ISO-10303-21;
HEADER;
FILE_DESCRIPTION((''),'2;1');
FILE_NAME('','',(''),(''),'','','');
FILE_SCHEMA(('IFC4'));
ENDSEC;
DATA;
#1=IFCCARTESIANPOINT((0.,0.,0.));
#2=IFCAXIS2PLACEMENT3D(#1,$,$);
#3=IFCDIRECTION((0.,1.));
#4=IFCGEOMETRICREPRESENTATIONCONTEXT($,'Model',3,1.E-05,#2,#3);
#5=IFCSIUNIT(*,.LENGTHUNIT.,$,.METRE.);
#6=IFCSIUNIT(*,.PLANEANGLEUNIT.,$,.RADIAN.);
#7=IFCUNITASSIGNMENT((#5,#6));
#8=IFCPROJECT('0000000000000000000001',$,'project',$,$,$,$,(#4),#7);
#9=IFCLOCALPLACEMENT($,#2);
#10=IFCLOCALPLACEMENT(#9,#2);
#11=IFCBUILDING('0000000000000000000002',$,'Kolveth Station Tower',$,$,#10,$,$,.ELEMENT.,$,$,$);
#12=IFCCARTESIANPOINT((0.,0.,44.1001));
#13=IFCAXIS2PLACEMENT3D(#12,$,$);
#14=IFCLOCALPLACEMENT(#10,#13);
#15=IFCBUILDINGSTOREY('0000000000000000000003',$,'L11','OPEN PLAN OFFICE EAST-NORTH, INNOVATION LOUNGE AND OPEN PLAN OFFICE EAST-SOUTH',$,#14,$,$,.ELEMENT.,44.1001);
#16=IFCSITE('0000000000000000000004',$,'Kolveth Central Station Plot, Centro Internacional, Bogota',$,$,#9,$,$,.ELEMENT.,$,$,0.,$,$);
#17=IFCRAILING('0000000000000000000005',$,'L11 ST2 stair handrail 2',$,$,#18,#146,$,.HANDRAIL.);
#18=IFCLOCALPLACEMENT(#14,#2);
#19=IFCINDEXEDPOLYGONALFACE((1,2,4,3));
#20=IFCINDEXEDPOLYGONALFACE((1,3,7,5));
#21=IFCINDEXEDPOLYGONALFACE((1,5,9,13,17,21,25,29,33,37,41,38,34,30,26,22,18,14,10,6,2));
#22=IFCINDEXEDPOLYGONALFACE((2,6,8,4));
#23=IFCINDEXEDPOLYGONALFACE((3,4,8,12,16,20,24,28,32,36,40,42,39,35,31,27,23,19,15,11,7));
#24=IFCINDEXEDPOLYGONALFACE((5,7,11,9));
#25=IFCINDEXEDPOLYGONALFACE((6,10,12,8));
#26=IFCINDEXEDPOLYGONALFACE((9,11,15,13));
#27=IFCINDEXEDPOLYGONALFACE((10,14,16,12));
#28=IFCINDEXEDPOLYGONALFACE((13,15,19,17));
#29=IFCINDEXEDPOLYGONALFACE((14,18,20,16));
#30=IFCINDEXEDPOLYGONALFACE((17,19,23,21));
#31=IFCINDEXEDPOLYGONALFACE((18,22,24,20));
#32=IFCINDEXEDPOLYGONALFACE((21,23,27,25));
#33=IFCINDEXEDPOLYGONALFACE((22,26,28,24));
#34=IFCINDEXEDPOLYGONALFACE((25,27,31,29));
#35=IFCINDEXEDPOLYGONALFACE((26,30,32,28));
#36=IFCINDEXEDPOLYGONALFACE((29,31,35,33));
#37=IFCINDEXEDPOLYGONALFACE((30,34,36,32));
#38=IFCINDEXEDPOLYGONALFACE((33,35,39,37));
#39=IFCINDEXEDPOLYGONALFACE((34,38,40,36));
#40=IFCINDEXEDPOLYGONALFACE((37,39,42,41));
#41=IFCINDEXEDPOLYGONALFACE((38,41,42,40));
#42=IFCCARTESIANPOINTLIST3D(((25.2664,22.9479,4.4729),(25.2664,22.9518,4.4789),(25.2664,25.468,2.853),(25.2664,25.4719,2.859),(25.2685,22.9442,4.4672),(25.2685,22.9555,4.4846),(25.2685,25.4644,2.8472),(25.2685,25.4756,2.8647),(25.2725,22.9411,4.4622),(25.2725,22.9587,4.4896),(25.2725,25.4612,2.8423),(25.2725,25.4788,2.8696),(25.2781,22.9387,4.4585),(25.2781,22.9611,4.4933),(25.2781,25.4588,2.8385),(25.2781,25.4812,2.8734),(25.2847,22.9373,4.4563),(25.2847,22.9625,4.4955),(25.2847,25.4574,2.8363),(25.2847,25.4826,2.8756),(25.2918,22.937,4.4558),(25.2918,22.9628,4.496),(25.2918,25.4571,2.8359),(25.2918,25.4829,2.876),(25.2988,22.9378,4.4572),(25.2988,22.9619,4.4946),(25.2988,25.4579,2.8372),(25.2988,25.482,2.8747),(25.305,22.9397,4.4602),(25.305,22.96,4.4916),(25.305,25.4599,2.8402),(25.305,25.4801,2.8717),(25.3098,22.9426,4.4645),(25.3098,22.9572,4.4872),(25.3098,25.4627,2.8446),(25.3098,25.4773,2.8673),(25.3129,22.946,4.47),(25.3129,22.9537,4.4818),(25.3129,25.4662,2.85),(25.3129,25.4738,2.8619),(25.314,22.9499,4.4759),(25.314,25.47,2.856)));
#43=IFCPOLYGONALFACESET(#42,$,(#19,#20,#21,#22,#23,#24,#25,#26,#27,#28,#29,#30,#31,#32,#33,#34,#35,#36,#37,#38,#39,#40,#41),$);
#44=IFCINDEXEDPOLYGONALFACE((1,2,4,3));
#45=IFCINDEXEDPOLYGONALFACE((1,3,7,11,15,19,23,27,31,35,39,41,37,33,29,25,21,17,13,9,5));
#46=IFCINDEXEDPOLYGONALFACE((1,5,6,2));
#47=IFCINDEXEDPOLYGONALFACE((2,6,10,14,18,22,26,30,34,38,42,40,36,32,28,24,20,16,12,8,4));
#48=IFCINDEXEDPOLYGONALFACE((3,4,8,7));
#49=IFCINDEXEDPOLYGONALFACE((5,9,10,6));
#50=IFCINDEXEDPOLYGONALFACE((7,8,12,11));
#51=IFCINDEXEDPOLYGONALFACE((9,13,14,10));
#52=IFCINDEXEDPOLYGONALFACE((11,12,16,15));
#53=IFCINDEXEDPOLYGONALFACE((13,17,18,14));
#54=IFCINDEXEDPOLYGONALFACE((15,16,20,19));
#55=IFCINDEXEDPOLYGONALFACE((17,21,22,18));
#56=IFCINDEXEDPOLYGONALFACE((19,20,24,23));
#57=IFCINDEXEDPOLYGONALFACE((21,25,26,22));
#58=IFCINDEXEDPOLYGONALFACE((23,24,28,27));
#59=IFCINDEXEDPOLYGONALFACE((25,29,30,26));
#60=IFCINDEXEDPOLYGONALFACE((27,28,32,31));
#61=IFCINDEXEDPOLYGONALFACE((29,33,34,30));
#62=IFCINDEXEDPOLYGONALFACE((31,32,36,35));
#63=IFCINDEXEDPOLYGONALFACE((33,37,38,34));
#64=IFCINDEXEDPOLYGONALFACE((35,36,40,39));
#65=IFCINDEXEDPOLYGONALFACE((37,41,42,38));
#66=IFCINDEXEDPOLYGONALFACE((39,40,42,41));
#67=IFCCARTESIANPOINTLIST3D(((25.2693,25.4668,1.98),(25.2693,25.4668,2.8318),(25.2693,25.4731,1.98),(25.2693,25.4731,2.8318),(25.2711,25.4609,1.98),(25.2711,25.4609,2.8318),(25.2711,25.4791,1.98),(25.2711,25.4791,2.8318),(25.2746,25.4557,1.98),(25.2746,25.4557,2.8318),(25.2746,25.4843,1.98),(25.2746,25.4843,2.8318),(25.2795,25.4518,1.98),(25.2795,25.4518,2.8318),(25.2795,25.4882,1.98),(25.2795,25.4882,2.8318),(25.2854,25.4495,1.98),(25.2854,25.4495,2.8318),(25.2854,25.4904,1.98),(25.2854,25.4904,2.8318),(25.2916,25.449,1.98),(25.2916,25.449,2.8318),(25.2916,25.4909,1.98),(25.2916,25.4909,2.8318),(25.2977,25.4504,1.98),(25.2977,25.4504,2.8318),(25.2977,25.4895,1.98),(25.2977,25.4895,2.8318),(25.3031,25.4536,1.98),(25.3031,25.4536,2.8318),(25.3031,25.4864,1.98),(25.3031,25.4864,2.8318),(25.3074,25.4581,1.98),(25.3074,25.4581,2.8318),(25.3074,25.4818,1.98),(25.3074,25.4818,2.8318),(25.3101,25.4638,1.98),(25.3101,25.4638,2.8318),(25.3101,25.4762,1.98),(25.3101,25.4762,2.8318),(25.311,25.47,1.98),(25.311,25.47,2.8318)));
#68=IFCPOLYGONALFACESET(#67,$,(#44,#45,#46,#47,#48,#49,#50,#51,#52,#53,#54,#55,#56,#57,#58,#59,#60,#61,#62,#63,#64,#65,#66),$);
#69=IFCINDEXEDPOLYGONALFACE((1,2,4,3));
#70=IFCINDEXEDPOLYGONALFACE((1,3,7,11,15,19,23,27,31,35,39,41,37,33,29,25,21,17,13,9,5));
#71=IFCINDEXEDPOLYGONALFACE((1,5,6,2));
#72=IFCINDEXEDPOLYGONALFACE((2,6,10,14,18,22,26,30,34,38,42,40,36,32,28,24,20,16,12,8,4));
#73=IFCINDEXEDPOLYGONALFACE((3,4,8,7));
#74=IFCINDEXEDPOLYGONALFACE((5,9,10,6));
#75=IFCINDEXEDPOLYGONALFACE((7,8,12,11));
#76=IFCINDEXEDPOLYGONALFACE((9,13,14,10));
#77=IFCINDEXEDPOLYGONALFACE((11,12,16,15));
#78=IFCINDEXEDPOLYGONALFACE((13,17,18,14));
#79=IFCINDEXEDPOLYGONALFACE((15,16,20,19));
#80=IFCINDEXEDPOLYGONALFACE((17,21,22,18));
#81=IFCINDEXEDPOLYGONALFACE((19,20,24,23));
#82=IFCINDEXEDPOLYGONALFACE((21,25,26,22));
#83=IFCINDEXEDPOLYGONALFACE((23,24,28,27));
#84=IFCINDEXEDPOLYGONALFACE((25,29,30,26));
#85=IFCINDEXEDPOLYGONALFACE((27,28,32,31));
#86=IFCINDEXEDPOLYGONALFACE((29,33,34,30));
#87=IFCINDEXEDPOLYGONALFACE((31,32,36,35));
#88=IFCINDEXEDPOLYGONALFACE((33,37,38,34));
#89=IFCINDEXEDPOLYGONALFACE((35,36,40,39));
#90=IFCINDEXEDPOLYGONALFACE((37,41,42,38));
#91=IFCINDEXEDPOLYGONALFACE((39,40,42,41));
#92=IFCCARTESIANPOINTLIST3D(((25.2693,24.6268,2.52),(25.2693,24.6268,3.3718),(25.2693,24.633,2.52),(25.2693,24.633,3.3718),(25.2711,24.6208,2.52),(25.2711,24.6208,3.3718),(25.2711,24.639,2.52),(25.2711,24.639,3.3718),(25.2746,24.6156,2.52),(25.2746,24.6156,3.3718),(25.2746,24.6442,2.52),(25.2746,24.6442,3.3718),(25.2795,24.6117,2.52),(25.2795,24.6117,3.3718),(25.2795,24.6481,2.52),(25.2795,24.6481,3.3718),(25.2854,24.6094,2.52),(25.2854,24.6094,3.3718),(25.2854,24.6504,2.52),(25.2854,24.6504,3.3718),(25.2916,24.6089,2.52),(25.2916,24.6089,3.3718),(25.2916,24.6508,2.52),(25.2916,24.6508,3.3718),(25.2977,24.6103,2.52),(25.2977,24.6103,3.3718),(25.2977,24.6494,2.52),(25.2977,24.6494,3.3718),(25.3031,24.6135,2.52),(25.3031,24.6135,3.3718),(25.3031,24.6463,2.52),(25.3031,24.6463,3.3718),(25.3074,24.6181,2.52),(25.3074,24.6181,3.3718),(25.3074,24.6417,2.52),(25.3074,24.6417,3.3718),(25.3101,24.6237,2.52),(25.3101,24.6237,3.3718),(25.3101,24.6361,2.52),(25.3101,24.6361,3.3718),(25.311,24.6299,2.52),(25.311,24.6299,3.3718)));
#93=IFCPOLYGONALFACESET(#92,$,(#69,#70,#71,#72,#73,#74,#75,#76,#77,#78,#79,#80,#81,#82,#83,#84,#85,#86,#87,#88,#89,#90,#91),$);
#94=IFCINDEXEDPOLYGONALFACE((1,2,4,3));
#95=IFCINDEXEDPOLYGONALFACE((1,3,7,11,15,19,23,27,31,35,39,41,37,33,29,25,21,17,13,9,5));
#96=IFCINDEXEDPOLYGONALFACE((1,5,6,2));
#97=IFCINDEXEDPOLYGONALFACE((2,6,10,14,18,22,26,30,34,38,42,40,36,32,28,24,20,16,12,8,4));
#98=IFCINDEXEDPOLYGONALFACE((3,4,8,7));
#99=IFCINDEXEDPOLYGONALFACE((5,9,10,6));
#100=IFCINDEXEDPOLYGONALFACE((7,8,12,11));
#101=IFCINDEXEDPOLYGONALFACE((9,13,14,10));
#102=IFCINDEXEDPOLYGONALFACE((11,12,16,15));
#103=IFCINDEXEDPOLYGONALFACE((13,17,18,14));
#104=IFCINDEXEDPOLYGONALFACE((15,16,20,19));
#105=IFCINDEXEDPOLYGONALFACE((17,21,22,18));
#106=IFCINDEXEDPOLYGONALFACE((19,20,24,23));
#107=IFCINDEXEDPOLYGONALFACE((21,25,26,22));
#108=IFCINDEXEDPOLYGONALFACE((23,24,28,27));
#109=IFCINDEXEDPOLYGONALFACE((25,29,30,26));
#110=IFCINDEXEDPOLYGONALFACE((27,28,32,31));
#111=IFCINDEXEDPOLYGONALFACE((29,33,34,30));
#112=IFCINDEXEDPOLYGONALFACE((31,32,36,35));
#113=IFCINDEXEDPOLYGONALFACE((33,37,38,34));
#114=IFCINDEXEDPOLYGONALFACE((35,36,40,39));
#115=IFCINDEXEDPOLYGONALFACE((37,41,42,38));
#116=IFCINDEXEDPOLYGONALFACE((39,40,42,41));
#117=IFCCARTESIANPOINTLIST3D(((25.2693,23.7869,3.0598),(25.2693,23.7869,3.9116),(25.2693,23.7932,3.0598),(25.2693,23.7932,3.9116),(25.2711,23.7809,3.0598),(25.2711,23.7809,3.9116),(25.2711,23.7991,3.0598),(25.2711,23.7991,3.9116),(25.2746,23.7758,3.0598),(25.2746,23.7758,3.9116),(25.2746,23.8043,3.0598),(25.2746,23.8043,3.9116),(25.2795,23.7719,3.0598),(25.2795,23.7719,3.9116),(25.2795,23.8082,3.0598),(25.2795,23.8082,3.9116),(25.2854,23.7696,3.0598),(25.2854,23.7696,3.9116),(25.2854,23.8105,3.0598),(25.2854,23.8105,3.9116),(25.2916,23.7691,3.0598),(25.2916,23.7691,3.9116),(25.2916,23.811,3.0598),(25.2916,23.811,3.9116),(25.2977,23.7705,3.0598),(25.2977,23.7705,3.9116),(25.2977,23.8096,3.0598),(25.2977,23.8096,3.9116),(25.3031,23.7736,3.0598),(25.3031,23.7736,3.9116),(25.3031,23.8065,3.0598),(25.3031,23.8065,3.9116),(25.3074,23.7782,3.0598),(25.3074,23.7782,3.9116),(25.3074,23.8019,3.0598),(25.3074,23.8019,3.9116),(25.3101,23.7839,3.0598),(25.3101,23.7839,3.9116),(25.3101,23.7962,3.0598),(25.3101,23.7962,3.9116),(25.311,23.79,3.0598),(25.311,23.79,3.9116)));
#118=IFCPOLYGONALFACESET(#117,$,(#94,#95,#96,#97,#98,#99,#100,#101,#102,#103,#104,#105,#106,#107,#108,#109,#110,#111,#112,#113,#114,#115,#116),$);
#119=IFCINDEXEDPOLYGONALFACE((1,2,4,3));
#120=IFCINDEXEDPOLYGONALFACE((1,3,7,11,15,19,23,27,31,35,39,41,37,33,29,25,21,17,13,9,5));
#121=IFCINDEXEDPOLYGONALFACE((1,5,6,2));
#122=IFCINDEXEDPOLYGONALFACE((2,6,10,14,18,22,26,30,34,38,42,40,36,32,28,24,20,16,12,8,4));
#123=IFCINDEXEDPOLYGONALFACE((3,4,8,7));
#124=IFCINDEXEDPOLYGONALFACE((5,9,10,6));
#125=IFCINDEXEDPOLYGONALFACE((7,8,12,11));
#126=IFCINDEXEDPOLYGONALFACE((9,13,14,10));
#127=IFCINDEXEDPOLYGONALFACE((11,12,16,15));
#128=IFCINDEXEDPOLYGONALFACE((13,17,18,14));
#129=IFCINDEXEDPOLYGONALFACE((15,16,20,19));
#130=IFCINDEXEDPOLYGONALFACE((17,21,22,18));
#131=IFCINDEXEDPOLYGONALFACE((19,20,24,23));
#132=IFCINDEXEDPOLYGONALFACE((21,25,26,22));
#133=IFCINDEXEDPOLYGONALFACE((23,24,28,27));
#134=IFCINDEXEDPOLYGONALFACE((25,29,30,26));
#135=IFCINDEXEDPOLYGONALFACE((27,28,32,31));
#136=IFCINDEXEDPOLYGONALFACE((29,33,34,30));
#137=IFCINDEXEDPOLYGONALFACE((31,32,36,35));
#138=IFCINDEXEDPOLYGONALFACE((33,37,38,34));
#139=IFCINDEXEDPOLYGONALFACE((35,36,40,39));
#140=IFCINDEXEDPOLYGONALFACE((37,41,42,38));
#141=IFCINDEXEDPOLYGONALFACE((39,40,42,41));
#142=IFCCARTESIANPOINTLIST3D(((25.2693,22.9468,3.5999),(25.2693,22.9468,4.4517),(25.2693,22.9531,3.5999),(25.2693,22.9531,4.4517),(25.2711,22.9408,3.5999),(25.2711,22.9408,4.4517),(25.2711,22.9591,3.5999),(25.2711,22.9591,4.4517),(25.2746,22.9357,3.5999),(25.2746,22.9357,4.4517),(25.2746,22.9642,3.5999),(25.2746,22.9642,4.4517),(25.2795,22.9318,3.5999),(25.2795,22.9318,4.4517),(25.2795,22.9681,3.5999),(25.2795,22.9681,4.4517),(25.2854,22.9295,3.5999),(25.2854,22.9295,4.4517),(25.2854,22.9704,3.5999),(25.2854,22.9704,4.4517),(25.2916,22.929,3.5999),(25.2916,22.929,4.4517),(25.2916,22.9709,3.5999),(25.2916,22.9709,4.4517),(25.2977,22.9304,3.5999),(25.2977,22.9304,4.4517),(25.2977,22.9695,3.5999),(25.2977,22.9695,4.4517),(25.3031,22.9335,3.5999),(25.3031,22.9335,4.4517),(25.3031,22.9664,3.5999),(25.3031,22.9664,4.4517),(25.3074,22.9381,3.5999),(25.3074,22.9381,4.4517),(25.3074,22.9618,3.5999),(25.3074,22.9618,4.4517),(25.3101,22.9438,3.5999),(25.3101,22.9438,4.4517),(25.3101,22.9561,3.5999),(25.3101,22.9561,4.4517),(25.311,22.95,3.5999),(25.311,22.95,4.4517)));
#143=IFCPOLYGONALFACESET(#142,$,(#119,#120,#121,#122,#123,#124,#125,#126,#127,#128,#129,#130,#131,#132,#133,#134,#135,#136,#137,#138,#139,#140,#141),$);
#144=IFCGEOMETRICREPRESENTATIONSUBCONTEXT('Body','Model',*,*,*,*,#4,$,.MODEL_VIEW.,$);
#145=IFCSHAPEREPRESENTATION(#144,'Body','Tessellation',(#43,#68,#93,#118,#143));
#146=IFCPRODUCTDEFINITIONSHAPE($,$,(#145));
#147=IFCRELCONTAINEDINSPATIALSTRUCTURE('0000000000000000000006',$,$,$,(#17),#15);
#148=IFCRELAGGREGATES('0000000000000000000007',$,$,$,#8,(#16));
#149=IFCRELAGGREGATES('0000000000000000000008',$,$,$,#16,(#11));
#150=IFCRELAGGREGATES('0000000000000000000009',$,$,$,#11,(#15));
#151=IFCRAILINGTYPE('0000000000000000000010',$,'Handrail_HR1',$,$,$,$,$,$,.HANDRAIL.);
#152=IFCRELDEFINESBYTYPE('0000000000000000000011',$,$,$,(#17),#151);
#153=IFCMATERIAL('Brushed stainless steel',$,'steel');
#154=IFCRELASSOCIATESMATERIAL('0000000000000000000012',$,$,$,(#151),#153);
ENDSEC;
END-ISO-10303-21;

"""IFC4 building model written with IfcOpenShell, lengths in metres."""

from ifc_helpers import new_model, si_unit, direction, frame, origin, origin_2d, place, context, subcontext, project, spatial, circle, extrude, material, type_object, element, save


model = new_model("IFC4")

# Units and contexts
model_context = context("Model", 3, precision=1e-05, world=origin(), true_north=direction((0.0, 1.0)))
body_context = subcontext(model_context, "Body", "Model", "MODEL_VIEW")
ifc_project = project(units=[si_unit("LENGTHUNIT", "METRE"), si_unit("PLANEANGLEUNIT", "RADIAN")], contexts=[model_context])

# Site, building, storey
site_placement = place(None, origin())
site = spatial("IfcSite", under=ifc_project, at=site_placement, Name="Kolveth Central Station Plot, Centro Internacional, Bogota", CompositionType="ELEMENT", RefElevation=0.0)
building_placement = place(site_placement, origin())
building = spatial("IfcBuilding", under=site, at=building_placement, Name="Kolveth Station Tower", CompositionType="ELEMENT")
storey_placement = place(building_placement, frame((0.0, 0.0, 44.1001)))
storey = spatial("IfcBuildingStorey", under=building, at=storey_placement, Name="L11", Description="OPEN PLAN OFFICE EAST-NORTH, INNOVATION LOUNGE AND OPEN PLAN OFFICE EAST-SOUTH", CompositionType="ELEMENT", Elevation=44.1001)

# Railing
ifc_material_1 = material(Name="Brushed stainless steel", Category="steel")
railing_type_1 = type_object("IfcRailingType", Name="Handrail_HR1", PredefinedType="HANDRAIL", material=ifc_material_1)
railing_1_placement = place(storey_placement, frame((25.29, 25.47, 1.98)))
element("IfcRailing", 1, at=railing_1_placement, inside=storey, type_object=railing_type_1, Name="L11 ST2 stair handrail 2", PredefinedType="HANDRAIL", context=body_context, shape_type="SweptSolid", body=[
    extrude(circle(Radius=0.0239, at=origin_2d()), frame((0.0, 0.0, 0.876), z_axis=(0.0, -0.8412, 0.540725), x_axis=(1.0, 0.0, 0.0)), (0.0, 0.0, 1.0), 2.9958),
    extrude(circle(Radius=0.021, at=origin_2d()), origin(), (0.0, 0.0, 1.0), 0.8518),
    extrude(circle(Radius=0.021, at=origin_2d()), frame((0.0, -0.8401, 0.54)), (0.0, 0.0, 1.0), 0.8518),
    extrude(circle(Radius=0.021, at=origin_2d()), frame((0.0, -1.6799, 1.0798)), (0.0, 0.0, 1.0), 0.8518),
    extrude(circle(Radius=0.021, at=origin_2d()), frame((0.0, -2.52, 1.6199)), (0.0, 0.0, 1.0), 0.8518),
])

save(model, "model.ifc")
